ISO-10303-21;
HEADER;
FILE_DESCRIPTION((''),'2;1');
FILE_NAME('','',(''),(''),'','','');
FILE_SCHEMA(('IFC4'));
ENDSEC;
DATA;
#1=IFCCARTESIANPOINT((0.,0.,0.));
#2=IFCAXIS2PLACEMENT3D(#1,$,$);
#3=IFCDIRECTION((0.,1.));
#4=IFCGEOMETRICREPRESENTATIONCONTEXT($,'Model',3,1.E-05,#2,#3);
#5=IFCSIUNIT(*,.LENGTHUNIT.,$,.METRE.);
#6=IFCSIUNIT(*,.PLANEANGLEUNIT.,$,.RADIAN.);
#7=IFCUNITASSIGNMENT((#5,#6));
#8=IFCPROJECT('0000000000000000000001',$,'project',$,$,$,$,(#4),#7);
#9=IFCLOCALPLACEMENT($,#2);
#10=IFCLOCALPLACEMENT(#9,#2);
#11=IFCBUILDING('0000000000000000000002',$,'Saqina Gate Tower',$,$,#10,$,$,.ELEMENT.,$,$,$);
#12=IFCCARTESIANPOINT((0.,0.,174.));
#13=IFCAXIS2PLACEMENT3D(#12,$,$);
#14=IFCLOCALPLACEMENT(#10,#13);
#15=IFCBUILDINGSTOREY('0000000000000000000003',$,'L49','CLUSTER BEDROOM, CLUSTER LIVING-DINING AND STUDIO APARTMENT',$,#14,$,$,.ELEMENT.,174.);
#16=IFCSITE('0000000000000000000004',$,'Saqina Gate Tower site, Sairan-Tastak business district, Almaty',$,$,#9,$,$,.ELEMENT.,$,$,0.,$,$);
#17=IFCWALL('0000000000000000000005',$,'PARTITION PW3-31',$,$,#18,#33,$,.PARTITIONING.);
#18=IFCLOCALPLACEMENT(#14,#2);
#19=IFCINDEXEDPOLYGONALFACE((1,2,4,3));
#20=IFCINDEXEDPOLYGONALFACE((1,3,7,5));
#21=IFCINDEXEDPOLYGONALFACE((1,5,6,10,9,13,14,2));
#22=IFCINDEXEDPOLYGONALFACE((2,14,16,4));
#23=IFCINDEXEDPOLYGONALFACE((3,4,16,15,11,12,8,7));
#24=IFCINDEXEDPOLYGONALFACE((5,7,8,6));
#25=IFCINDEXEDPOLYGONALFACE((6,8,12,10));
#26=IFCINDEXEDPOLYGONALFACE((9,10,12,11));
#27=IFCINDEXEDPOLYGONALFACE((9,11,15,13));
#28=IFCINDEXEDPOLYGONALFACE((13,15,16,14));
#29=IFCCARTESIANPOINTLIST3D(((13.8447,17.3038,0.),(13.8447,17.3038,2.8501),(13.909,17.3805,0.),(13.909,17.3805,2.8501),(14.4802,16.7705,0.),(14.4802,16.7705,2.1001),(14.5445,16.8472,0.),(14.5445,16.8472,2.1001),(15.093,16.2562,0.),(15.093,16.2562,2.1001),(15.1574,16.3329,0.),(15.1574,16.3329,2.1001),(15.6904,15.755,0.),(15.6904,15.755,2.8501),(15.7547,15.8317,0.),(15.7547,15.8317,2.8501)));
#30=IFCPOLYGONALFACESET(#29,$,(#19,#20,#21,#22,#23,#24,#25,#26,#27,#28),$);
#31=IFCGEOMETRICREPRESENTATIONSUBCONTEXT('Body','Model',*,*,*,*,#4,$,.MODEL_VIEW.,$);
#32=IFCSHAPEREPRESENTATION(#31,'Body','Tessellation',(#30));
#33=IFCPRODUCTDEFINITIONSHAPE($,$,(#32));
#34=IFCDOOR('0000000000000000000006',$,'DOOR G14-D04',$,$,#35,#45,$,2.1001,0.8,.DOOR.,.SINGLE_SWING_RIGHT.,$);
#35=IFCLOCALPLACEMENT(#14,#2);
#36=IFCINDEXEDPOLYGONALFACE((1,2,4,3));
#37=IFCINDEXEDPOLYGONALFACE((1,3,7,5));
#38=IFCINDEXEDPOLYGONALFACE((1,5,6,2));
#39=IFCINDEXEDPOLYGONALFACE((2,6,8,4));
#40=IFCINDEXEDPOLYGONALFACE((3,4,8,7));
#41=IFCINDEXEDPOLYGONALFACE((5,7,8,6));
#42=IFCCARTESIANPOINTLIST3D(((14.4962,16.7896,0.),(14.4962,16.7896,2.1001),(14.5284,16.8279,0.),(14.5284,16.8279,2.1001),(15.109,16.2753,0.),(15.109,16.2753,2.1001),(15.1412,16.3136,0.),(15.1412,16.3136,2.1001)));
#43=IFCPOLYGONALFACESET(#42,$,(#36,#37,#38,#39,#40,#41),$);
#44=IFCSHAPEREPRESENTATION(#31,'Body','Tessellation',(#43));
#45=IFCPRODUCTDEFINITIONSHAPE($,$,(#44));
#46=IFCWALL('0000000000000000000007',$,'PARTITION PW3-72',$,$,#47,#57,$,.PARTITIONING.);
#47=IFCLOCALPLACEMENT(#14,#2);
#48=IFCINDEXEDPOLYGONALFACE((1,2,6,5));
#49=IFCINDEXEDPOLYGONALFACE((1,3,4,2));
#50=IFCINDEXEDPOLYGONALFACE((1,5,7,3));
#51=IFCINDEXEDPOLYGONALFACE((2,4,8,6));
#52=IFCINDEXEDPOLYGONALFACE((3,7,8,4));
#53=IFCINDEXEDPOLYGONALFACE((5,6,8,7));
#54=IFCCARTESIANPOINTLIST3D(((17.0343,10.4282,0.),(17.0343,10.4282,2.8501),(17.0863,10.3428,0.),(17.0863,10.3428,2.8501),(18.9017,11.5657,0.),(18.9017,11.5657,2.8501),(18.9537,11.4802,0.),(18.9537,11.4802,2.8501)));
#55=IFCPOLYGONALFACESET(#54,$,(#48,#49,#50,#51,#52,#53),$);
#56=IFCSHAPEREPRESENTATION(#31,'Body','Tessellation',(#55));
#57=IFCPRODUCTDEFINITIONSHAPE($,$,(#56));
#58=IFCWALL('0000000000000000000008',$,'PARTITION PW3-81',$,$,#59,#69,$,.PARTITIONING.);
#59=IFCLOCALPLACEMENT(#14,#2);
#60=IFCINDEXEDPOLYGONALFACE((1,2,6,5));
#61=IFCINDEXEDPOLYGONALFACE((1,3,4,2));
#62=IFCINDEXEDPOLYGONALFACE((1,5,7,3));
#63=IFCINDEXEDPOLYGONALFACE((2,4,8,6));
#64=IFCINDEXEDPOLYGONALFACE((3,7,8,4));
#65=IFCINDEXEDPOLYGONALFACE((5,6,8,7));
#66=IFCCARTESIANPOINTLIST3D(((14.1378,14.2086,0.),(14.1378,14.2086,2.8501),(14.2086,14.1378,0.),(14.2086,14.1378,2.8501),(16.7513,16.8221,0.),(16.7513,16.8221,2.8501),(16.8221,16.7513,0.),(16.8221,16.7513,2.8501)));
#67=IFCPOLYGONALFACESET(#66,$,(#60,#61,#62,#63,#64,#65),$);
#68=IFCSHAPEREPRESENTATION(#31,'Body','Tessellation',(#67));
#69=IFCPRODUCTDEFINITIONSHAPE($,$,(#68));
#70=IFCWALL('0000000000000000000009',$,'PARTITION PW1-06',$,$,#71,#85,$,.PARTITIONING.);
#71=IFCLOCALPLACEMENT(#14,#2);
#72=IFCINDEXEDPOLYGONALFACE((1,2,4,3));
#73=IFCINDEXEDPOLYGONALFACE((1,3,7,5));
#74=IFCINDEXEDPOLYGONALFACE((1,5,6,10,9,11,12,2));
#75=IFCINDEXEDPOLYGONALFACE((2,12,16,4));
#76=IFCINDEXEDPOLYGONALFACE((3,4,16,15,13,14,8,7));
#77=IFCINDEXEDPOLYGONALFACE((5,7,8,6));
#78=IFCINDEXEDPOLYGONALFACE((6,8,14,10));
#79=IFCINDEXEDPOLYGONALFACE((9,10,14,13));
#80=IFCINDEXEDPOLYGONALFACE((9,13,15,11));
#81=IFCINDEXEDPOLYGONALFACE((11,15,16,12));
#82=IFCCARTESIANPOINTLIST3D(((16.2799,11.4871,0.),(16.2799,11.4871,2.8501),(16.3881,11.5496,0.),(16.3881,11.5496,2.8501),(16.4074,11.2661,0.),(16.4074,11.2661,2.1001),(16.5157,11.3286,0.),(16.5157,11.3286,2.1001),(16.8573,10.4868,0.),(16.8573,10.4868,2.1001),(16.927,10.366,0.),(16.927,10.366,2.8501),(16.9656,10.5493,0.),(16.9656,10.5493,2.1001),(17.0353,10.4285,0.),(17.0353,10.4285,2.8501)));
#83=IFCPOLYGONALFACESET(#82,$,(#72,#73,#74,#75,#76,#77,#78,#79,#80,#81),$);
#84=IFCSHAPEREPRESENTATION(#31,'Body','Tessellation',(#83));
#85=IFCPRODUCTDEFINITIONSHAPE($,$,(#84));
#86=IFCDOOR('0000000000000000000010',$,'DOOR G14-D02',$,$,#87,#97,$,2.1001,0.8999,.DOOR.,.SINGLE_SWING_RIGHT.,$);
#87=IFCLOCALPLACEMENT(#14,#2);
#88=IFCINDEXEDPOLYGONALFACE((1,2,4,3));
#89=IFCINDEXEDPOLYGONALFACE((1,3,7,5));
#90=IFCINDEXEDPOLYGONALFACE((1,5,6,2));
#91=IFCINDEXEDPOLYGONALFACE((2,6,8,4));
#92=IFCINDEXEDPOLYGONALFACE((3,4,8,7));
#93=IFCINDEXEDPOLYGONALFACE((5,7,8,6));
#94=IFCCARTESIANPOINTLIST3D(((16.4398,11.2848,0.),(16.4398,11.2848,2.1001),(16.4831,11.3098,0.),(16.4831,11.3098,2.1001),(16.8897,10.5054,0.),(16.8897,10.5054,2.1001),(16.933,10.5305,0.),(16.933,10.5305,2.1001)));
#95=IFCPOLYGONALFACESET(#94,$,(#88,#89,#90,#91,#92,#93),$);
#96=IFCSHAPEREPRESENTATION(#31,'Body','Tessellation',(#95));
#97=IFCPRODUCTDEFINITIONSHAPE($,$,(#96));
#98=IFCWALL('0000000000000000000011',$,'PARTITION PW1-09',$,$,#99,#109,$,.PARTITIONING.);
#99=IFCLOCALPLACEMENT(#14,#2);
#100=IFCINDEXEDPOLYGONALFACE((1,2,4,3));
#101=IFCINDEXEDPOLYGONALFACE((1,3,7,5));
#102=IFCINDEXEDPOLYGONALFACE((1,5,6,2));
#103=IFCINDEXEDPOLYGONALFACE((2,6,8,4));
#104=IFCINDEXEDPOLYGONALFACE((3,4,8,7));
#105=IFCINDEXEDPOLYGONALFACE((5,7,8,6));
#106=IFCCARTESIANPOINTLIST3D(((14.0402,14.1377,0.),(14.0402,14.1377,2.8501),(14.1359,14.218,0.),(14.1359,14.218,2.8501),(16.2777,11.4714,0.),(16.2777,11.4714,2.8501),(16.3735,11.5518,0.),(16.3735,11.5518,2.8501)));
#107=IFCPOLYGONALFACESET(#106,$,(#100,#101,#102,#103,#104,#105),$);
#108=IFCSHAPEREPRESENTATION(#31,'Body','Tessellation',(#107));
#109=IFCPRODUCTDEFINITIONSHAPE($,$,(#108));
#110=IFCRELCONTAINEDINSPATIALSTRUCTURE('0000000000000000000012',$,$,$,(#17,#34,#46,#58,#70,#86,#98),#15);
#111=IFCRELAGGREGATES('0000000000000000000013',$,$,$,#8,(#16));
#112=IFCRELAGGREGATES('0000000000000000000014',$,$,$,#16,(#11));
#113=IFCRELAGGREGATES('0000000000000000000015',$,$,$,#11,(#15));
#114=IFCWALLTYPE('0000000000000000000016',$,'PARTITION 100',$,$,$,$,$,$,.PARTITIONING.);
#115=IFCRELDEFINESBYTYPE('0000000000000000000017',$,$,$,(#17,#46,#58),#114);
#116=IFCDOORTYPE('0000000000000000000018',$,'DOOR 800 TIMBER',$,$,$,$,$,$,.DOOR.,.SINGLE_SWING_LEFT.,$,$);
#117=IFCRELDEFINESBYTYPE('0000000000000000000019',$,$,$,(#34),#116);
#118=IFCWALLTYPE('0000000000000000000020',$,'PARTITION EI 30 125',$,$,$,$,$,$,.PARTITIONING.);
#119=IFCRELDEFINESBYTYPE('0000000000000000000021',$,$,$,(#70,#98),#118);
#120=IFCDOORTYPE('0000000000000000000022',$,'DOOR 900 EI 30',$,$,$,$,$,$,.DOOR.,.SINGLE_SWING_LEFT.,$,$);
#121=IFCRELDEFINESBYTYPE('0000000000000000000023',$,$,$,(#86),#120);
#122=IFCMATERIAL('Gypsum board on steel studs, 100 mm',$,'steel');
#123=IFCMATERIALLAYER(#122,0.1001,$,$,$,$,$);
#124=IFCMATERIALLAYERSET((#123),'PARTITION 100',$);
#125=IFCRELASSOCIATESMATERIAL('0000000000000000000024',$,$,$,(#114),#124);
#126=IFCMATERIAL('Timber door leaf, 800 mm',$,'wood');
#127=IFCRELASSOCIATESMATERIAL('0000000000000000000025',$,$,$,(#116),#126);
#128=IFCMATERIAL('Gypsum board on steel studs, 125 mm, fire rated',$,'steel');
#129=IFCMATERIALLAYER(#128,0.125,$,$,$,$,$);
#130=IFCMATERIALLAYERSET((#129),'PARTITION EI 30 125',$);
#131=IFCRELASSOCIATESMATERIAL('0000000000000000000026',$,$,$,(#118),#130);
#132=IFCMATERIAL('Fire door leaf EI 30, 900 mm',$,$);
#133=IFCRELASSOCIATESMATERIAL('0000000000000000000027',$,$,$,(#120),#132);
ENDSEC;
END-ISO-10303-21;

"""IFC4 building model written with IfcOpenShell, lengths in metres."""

from ifc_helpers import new_model, si_unit, direction, frame, frame_2d, origin, place, context, subcontext, project, spatial, rectangle, extrude, material, layer, layer_set, type_object, element, fill, save


model = new_model("IFC4")

# Units and contexts
model_context = context("Model", 3, precision=1e-05, world=origin(), true_north=direction((0.0, 1.0)))
body_context = subcontext(model_context, "Body", "Model", "MODEL_VIEW")
ifc_project = project(units=[si_unit("LENGTHUNIT", "METRE"), si_unit("PLANEANGLEUNIT", "RADIAN")], contexts=[model_context])

# Site, building, storey
site_placement = place(None, origin())
site = spatial("IfcSite", under=ifc_project, at=site_placement, Name="Saqina Gate Tower site, Sairan-Tastak business district, Almaty", CompositionType="ELEMENT", RefElevation=0.0)
building_placement = place(site_placement, origin())
building = spatial("IfcBuilding", under=site, at=building_placement, Name="Saqina Gate Tower", CompositionType="ELEMENT")
storey_placement = place(building_placement, frame((0.0, 0.0, 174.0)))
storey = spatial("IfcBuildingStorey", under=building, at=storey_placement, Name="L49", Description="CLUSTER BEDROOM, CLUSTER LIVING-DINING AND STUDIO APARTMENT", CompositionType="ELEMENT", Elevation=174.0)

# Shared definitions
ifc_material_1 = material(Name="Gypsum board on steel studs, 100 mm", Category="steel")
ifc_layer_1 = layer(ifc_material_1, 0.1001)
ifc_layer_set_1 = layer_set([ifc_layer_1], Name="PARTITION 100")
wall_type_1 = type_object("IfcWallType", Name="PARTITION 100", PredefinedType="PARTITIONING", material=ifc_layer_set_1)

# Wall, opening, door
ifc_material_2 = material(Name="Timber door leaf, 800 mm", Category="wood")
door_type_1 = type_object("IfcDoorType", Name="DOOR 800 TIMBER", OperationType="SINGLE_SWING_LEFT", PredefinedType="DOOR", material=ifc_material_2)
wall_1_placement = place(storey_placement, frame((13.877, 17.342, 0.0), z_axis=(0.0, 0.0, 1.0), x_axis=(0.766024, -0.642812, 0.0)))
wall_1 = element("IfcWall", 1, at=wall_1_placement, inside=storey, type_object=wall_type_1, Name="PARTITION PW3-31", PredefinedType="PARTITIONING", context=body_context, shape_type="SweptSolid", body=[
    extrude(rectangle(XDim=2.4094, YDim=0.1001, at=frame_2d((1.2046, 0.0))), origin(), (0.0, 0.0, 1.0), 2.8501),
])
opening_1_placement = place(wall_1_placement, frame((0.8296, 0.0, 0.0)))
opening_1 = element("IfcOpeningElement", 2, at=opening_1_placement, cuts=wall_1, PredefinedType="OPENING", context=body_context, shape_type="SweptSolid", body=[
    extrude(rectangle(XDim=0.8, YDim=2.1001, at=frame_2d((0.3999, 1.05))), frame((0.0, 0.062, 0.0), z_axis=(0.0, -1.0, 0.0), x_axis=(1.0, 0.0, 0.0)), (0.0, 0.0, 1.0), 0.124),
])
door_1_placement = place(opening_1_placement, origin())
door_1 = element("IfcDoor", 3, at=door_1_placement, inside=storey, type_object=door_type_1, Name="DOOR G14-D04", OperationType="SINGLE_SWING_RIGHT", OverallHeight=2.1001, OverallWidth=0.8, PredefinedType="DOOR", context=body_context, shape_type="SweptSolid", body=[
    extrude(rectangle(XDim=0.8, YDim=2.1001, at=frame_2d((0.3999, 1.05))), frame((0.0, 0.0249, 0.0), z_axis=(0.0, -1.0, 0.0), x_axis=(1.0, 0.0, 0.0)), (0.0, 0.0, 1.0), 0.05),
])
fill(opening_1, door_1)

# Walls
wall_2_placement = place(storey_placement, frame((17.0603, 10.3855, 0.0), z_axis=(0.0, 0.0, 1.0), x_axis=(0.854045, 0.520198, 0.0)))
element("IfcWall", 4, at=wall_2_placement, inside=storey, type_object=wall_type_1, Name="PARTITION PW3-72", PredefinedType="PARTITIONING", context=body_context, shape_type="SweptSolid", body=[
    extrude(rectangle(XDim=2.1865, YDim=0.1001, at=frame_2d((1.0933, 0.0))), origin(), (0.0, 0.0, 1.0), 2.8501),
])
wall_3_placement = place(storey_placement, frame((14.1731, 14.1731, 0.0), z_axis=(0.0, 0.0, 1.0), x_axis=(0.707107, 0.707107, 0.0)))
element("IfcWall", 5, at=wall_3_placement, inside=storey, type_object=wall_type_1, Name="PARTITION PW3-81", PredefinedType="PARTITIONING", context=body_context, shape_type="SweptSolid", body=[
    extrude(rectangle(XDim=3.696, YDim=0.1001, at=frame_2d((1.8481, 0.0))), origin(), (0.0, 0.0, 1.0), 2.8501),
])

# Wall, opening, door
ifc_material_3 = material(Name="Gypsum board on steel studs, 125 mm, fire rated", Category="steel")
ifc_layer_2 = layer(ifc_material_3, 0.125)
ifc_layer_set_2 = layer_set([ifc_layer_2], Name="PARTITION EI 30 125")
wall_type_2 = type_object("IfcWallType", Name="PARTITION EI 30 125", PredefinedType="PARTITIONING", material=ifc_layer_set_2)
wall_4_placement = place(storey_placement, frame((16.334, 11.5183, 0.0), z_axis=(0.0, 0.0, 1.0), x_axis=(0.499973, -0.866041, 0.0)))
wall_4 = element("IfcWall", 6, at=wall_4_placement, inside=storey, type_object=wall_type_2, Name="PARTITION PW1-06", PredefinedType="PARTITIONING", context=body_context, shape_type="SweptSolid", body=[
    extrude(rectangle(XDim=1.2944, YDim=0.125, at=frame_2d((0.6472, 0.0))), origin(), (0.0, 0.0, 1.0), 2.8501),
])
opening_2_placement = place(wall_4_placement, frame((0.2551, 0.0, 0.0)))
opening_2 = element("IfcOpeningElement", 7, at=opening_2_placement, cuts=wall_4, PredefinedType="OPENING", context=body_context, shape_type="SweptSolid", body=[
    extrude(rectangle(XDim=0.8999, YDim=2.1001, at=frame_2d((0.45, 1.05))), frame((0.0, 0.0745, 0.0), z_axis=(0.0, -1.0, 0.0), x_axis=(1.0, 0.0, 0.0)), (0.0, 0.0, 1.0), 0.1489),
])
ifc_material_4 = material(Name="Fire door leaf EI 30, 900 mm")
door_type_2 = type_object("IfcDoorType", Name="DOOR 900 EI 30", OperationType="SINGLE_SWING_LEFT", PredefinedType="DOOR", material=ifc_material_4)
door_2_placement = place(opening_2_placement, origin())
door_2 = element("IfcDoor", 8, at=door_2_placement, inside=storey, type_object=door_type_2, Name="DOOR G14-D02", OperationType="SINGLE_SWING_RIGHT", OverallHeight=2.1001, OverallWidth=0.8999, PredefinedType="DOOR", context=body_context, shape_type="SweptSolid", body=[
    extrude(rectangle(XDim=0.8999, YDim=2.1001, at=frame_2d((0.45, 1.05))), frame((0.0, 0.0249, 0.0), z_axis=(0.0, -1.0, 0.0), x_axis=(1.0, 0.0, 0.0)), (0.0, 0.0, 1.0), 0.05),
])
fill(opening_2, door_2)

# Wall
wall_5_placement = place(storey_placement, frame((14.0881, 14.1777, 0.0), z_axis=(0.0, 0.0, 1.0), x_axis=(0.642837, -0.766003, 0.0)))
element("IfcWall", 9, at=wall_5_placement, inside=storey, type_object=wall_type_2, Name="PARTITION PW1-09", PredefinedType="PARTITIONING", context=body_context, shape_type="SweptSolid", body=[
    extrude(rectangle(XDim=3.4807, YDim=0.125, at=frame_2d((1.7402, 0.0))), origin(), (0.0, 0.0, 1.0), 2.8501),
])

save(model, "model.ifc")
